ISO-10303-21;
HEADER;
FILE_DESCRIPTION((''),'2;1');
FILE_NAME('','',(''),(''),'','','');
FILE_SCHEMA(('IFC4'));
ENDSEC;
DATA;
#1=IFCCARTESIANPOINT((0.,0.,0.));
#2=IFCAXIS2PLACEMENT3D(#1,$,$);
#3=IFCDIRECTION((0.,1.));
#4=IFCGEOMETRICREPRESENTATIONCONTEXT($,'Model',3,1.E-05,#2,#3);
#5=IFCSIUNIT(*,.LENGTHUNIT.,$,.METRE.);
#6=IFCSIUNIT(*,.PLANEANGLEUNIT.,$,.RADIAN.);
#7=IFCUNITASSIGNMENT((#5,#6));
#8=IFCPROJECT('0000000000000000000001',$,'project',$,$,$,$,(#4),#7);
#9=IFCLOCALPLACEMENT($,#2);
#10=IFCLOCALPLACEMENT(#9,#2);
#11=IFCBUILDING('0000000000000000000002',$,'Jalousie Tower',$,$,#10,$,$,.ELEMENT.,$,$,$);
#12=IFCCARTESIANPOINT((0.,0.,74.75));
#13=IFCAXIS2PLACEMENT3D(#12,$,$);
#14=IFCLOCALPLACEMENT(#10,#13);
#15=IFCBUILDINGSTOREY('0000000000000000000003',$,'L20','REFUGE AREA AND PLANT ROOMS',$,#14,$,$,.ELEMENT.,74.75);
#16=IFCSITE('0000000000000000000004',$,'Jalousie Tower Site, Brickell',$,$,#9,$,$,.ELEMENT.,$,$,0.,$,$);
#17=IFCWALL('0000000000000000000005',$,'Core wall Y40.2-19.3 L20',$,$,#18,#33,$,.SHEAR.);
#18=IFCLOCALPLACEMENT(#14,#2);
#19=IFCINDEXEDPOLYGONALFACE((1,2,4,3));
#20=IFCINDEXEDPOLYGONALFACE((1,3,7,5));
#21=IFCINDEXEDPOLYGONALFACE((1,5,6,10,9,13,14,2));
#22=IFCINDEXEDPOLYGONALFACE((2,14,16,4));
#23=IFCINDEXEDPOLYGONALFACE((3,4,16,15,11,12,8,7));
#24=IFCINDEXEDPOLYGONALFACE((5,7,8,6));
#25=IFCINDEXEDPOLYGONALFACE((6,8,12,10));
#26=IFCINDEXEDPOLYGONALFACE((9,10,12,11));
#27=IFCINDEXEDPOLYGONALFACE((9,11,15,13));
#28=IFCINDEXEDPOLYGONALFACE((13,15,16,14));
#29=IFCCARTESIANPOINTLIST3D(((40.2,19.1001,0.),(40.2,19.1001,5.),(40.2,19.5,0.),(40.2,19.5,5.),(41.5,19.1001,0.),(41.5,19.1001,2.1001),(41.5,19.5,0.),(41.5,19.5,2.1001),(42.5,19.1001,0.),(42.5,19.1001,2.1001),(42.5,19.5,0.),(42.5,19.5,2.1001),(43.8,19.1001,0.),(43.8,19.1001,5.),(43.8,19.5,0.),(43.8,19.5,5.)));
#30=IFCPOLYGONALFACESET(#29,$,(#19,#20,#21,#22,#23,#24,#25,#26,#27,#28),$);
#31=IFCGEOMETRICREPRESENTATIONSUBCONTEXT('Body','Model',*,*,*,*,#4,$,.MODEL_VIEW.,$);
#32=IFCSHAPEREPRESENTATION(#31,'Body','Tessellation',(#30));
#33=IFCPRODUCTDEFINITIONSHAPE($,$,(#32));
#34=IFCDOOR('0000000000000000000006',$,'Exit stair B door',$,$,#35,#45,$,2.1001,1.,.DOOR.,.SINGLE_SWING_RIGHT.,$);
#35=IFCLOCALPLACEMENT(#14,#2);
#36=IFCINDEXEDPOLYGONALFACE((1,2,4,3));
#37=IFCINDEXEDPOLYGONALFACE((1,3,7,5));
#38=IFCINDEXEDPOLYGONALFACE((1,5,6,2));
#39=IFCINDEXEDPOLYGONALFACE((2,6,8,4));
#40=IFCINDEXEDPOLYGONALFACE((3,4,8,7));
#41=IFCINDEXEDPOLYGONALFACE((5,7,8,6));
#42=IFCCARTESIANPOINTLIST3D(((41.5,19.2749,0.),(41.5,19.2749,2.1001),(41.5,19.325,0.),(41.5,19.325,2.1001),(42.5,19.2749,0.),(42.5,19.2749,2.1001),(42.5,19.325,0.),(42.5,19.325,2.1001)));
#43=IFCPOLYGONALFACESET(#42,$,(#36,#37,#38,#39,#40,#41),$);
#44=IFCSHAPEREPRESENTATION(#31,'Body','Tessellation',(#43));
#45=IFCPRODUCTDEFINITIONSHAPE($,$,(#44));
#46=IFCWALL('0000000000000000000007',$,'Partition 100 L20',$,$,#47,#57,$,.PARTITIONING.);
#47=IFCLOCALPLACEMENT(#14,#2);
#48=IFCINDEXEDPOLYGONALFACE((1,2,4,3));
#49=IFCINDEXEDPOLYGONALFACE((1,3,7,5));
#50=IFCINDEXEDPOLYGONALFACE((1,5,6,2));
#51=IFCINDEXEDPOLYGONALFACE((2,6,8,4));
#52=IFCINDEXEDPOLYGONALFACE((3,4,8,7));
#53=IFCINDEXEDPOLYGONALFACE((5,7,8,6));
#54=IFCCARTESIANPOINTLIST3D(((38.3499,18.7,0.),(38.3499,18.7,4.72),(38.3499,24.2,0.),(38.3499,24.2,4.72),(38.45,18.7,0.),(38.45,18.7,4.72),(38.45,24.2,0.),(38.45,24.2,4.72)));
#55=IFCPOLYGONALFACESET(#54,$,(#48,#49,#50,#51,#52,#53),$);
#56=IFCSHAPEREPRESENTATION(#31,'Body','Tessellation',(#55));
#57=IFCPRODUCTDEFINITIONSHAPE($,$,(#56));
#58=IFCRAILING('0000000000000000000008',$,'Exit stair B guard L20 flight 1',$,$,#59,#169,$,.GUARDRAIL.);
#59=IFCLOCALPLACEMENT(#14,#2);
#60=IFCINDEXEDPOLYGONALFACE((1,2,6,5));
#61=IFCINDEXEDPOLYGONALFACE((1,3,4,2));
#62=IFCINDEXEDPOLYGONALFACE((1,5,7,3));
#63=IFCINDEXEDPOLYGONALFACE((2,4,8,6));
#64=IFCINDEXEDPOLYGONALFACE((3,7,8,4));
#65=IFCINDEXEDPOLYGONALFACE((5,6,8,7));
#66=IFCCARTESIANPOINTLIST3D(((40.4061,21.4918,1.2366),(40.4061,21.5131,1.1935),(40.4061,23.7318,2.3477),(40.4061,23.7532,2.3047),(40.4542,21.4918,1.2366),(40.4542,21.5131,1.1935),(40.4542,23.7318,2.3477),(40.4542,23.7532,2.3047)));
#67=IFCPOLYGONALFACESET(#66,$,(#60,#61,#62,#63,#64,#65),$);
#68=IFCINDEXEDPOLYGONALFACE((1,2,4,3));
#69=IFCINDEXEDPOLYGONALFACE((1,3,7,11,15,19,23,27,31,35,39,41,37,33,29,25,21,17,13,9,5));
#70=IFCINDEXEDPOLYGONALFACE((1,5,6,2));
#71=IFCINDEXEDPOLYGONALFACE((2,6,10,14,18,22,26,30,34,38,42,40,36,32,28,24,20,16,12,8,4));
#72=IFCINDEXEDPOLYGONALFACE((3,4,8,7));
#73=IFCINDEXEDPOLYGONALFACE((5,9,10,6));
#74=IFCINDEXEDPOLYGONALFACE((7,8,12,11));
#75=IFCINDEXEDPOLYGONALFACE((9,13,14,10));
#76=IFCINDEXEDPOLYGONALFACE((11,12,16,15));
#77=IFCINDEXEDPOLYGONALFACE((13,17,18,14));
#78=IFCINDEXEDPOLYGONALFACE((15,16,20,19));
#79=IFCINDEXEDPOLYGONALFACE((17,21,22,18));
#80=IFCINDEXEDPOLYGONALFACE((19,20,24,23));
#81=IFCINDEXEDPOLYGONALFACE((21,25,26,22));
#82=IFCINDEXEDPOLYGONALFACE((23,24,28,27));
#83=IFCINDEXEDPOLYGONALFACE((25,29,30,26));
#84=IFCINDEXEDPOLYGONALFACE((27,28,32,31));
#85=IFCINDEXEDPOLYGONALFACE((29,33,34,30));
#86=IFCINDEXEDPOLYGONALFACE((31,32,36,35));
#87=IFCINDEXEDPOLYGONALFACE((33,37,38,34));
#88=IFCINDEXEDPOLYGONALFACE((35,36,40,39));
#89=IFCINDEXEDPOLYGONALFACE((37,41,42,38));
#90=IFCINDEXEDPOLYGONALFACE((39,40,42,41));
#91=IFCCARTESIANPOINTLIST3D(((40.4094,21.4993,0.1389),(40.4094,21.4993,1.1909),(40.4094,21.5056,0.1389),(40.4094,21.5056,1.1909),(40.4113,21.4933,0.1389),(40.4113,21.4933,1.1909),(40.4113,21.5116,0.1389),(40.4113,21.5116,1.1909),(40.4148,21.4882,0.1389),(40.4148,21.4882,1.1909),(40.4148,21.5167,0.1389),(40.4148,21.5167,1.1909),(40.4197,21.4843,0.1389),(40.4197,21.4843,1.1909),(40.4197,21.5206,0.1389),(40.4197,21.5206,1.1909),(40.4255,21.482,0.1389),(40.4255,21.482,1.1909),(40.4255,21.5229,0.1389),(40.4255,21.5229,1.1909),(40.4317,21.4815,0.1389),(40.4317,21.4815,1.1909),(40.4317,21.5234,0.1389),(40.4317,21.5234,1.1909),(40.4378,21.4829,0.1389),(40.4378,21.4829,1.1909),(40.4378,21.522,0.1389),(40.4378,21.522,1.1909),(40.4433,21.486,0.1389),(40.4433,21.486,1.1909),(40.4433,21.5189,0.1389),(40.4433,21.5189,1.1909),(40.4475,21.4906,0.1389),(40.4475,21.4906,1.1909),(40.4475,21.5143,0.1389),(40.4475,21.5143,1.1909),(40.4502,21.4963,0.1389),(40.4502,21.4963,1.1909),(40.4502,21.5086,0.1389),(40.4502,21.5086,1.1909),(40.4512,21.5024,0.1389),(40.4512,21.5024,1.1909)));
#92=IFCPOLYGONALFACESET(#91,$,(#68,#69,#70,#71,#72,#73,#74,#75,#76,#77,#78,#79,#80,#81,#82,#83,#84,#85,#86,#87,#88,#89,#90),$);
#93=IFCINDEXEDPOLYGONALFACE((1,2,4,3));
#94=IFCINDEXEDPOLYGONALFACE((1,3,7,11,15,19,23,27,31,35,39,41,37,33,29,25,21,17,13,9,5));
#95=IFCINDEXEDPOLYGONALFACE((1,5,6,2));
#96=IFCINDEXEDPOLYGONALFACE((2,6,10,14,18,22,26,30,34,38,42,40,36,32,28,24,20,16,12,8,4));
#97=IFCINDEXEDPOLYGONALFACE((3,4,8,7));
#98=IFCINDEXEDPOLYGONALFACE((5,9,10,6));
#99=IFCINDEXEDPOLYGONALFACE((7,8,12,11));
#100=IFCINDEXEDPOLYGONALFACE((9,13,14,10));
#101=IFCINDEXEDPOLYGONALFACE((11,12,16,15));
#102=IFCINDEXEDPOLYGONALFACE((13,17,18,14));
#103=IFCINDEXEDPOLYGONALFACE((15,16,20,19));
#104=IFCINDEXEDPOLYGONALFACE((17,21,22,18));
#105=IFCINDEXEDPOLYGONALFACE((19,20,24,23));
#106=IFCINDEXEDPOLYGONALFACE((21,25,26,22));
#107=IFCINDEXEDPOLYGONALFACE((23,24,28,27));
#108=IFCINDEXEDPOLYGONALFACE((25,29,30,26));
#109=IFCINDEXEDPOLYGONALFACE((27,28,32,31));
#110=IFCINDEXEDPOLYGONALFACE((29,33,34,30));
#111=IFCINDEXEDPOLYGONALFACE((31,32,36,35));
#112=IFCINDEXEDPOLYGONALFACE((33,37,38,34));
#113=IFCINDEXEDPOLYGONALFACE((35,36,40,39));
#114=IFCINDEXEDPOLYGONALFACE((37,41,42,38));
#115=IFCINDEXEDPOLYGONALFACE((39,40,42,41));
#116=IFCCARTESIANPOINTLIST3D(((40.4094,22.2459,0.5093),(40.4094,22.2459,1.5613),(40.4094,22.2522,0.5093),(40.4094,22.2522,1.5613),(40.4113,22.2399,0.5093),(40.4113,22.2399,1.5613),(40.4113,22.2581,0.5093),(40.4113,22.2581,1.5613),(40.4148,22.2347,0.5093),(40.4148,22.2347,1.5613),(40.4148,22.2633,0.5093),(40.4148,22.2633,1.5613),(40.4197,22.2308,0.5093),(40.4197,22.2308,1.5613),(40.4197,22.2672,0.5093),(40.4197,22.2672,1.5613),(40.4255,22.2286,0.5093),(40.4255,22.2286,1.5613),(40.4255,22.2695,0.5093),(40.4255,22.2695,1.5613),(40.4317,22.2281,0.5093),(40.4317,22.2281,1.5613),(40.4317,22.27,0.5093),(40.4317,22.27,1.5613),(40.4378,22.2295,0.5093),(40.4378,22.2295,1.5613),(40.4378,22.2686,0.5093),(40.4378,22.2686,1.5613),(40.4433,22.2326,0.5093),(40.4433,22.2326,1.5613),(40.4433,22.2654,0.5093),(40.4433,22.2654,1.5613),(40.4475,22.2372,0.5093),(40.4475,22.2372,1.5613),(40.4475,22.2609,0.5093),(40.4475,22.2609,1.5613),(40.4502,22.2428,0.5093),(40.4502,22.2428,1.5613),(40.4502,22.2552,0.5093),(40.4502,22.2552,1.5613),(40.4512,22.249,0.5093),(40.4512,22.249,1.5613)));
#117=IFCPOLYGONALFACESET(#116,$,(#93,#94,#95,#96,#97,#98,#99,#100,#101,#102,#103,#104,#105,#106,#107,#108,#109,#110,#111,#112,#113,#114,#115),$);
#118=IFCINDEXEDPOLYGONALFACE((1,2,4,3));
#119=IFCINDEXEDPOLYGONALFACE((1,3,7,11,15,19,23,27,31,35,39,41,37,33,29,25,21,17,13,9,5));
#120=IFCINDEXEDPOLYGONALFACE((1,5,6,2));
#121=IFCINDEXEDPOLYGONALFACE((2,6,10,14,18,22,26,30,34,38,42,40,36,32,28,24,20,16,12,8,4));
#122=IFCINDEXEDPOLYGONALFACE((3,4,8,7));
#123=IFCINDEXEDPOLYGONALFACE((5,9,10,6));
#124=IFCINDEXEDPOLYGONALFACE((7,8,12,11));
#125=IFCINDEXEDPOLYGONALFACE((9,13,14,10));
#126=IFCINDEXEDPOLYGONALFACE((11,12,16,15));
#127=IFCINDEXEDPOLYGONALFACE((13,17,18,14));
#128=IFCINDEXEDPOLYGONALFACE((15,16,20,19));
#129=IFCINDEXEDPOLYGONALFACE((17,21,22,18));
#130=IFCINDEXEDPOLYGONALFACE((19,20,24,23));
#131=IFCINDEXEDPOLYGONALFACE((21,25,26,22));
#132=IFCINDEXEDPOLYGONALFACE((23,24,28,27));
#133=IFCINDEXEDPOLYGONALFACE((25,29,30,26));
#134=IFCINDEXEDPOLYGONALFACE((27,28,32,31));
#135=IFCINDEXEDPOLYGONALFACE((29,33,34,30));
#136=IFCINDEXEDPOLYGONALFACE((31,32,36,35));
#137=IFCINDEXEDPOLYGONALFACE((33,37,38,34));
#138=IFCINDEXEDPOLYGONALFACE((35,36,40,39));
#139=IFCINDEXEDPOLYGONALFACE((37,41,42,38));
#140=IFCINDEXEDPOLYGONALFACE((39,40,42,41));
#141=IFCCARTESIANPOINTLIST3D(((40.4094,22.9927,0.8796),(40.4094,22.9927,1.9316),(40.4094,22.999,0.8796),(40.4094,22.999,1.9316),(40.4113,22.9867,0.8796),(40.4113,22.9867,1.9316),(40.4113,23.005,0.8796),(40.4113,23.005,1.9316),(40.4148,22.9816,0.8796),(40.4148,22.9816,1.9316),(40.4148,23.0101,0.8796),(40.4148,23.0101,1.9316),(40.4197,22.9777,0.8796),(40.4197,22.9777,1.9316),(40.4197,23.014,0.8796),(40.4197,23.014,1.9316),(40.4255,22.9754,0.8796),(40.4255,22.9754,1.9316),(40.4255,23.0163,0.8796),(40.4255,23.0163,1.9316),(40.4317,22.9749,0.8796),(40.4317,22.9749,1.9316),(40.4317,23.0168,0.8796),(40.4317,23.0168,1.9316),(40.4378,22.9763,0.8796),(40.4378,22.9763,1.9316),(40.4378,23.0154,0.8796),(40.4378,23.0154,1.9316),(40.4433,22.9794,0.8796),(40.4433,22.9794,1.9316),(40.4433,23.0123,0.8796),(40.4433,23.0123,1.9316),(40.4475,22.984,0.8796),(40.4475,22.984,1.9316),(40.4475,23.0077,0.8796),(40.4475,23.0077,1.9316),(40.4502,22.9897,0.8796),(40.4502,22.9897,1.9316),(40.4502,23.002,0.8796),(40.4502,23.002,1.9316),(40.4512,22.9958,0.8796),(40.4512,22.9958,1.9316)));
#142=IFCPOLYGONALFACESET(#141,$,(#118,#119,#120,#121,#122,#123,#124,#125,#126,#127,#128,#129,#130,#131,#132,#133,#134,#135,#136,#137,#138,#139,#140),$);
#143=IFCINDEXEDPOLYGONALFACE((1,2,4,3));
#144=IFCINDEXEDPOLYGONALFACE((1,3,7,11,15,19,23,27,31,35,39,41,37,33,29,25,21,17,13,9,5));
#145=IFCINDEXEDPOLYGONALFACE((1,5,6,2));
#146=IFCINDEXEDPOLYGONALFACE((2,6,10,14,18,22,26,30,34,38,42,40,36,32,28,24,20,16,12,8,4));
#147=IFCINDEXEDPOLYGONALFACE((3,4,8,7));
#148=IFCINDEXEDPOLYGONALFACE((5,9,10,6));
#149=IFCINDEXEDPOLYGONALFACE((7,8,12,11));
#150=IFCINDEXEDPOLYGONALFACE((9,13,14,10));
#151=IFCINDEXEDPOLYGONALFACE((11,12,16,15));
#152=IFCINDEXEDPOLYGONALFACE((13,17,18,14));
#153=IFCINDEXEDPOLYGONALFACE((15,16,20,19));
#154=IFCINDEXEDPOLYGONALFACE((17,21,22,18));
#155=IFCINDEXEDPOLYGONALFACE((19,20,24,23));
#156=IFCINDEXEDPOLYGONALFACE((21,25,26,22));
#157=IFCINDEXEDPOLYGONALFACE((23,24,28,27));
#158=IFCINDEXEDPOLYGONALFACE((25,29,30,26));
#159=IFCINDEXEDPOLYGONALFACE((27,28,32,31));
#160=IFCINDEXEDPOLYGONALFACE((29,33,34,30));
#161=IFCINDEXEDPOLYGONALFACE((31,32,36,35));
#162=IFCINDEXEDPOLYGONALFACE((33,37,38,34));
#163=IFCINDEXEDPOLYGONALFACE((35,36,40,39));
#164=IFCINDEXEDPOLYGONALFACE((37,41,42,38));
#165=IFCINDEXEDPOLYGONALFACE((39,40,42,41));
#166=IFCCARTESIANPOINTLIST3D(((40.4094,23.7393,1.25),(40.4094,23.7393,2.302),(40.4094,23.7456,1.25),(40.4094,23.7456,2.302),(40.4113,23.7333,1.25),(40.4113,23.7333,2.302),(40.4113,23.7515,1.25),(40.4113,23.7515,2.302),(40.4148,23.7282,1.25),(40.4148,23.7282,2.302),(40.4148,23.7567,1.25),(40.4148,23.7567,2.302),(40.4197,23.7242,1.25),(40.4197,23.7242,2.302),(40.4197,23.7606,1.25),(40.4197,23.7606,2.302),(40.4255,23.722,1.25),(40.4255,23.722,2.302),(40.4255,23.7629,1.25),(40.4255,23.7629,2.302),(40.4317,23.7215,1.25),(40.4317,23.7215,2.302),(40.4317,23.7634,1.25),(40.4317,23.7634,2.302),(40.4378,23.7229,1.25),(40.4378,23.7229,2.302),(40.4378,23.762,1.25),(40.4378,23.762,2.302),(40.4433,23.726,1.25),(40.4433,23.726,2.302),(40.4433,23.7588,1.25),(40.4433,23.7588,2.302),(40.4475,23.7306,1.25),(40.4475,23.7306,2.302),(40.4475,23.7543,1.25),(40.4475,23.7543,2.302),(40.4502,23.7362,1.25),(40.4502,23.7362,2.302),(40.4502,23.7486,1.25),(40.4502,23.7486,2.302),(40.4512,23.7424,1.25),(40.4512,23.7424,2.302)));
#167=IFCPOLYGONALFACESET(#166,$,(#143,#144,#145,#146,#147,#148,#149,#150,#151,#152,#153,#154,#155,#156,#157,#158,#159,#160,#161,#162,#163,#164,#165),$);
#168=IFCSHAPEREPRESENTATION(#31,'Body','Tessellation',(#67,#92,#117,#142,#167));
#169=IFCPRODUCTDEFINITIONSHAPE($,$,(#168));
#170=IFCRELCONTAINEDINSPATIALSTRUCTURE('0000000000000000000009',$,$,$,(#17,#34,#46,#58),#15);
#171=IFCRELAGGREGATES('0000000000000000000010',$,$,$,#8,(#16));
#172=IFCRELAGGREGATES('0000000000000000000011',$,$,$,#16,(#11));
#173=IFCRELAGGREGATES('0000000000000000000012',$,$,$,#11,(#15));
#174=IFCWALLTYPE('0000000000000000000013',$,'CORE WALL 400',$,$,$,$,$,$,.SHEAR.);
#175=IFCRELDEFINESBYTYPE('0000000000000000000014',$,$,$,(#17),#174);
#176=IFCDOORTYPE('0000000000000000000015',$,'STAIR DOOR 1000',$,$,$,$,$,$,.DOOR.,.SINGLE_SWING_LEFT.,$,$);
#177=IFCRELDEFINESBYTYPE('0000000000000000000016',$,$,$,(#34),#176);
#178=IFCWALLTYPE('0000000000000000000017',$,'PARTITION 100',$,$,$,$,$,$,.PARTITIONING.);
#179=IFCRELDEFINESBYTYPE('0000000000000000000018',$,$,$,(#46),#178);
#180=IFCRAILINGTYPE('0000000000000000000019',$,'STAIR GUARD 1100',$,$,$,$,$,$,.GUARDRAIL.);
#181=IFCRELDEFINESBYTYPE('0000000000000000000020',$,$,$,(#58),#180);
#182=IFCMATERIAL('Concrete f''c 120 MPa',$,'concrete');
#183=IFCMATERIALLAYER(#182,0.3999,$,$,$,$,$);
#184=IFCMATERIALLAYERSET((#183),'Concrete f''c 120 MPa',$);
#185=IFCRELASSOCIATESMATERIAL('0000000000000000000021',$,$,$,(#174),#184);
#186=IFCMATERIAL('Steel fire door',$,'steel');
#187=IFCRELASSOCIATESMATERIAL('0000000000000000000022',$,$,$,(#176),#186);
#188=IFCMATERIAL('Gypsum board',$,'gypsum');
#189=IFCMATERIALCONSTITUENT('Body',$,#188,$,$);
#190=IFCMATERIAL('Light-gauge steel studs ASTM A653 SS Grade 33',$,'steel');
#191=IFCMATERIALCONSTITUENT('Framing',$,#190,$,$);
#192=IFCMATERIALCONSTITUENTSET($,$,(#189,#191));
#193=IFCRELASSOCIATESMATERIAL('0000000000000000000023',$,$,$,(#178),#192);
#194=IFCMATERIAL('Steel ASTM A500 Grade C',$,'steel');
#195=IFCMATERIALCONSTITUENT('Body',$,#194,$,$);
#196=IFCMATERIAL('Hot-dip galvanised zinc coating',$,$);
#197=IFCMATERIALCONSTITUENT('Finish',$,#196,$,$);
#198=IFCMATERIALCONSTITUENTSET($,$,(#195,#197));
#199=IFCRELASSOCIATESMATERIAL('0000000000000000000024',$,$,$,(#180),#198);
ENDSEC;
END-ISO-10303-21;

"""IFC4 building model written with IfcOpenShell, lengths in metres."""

from ifc_helpers import new_model, si_unit, direction, frame, frame_2d, origin, origin_2d, place, context, subcontext, project, spatial, rectangle, circle, extrude, material, layer, layer_set, constituent, constituent_set, type_object, element, fill, save


model = new_model("IFC4")

# Units and contexts
model_context = context("Model", 3, precision=1e-05, world=origin(), true_north=direction((0.0, 1.0)))
body_context = subcontext(model_context, "Body", "Model", "MODEL_VIEW")
ifc_project = project(units=[si_unit("LENGTHUNIT", "METRE"), si_unit("PLANEANGLEUNIT", "RADIAN")], contexts=[model_context])

# Site, building, storey
site_placement = place(None, origin())
site = spatial("IfcSite", under=ifc_project, at=site_placement, Name="Jalousie Tower Site, Brickell", CompositionType="ELEMENT", RefElevation=0.0)
building_placement = place(site_placement, origin())
building = spatial("IfcBuilding", under=site, at=building_placement, Name="Jalousie Tower", CompositionType="ELEMENT")
storey_placement = place(building_placement, frame((0.0, 0.0, 74.75)))
storey = spatial("IfcBuildingStorey", under=building, at=storey_placement, Name="L20", Description="REFUGE AREA AND PLANT ROOMS", CompositionType="ELEMENT", Elevation=74.75)

# Shared definitions
ifc_material_1 = material(Name="Concrete f'c 120 MPa", Category="concrete")
ifc_layer = layer(ifc_material_1, 0.3999)
ifc_layer_set = layer_set([ifc_layer], Name="Concrete f'c 120 MPa")
wall_type_1 = type_object("IfcWallType", Name="CORE WALL 400", PredefinedType="SHEAR", material=ifc_layer_set)

# Wall, opening, door
wall_1_placement = place(storey_placement, frame((40.2, 19.3, 0.0), z_axis=(0.0, 0.0, 1.0), x_axis=(1.0, 0.0, 0.0)))
wall_1 = element("IfcWall", 1, at=wall_1_placement, inside=storey, type_object=wall_type_1, Name="Core wall Y40.2-19.3 L20", PredefinedType="SHEAR", context=body_context, shape_type="SweptSolid", body=[
    extrude(rectangle(XDim=3.6001, YDim=0.3999, at=frame_2d((1.8, 0.0))), origin(), (0.0, 0.0, 1.0), 5.0),
])
opening_1_placement = place(wall_1_placement, frame((1.3, 0.0, 0.0)))
opening_1 = element("IfcOpeningElement", 2, at=opening_1_placement, cuts=wall_1, PredefinedType="OPENING", context=body_context, shape_type="SweptSolid", body=[
    extrude(rectangle(XDim=1.0, YDim=2.1001, at=frame_2d((0.5, 1.05))), frame((0.0, 0.21, 0.0), z_axis=(0.0, -1.0, 0.0), x_axis=(1.0, 0.0, 0.0)), (0.0, 0.0, 1.0), 0.4199),
])
ifc_material_2 = material(Name="Steel fire door", Category="steel")
door_type_1 = type_object("IfcDoorType", Name="STAIR DOOR 1000", OperationType="SINGLE_SWING_LEFT", PredefinedType="DOOR", material=ifc_material_2)
door_1_placement = place(opening_1_placement, origin())
door_1 = element("IfcDoor", 3, at=door_1_placement, inside=storey, type_object=door_type_1, Name="Exit stair B door", OperationType="SINGLE_SWING_RIGHT", OverallHeight=2.1001, OverallWidth=1.0, PredefinedType="DOOR", context=body_context, shape_type="SweptSolid", body=[
    extrude(rectangle(XDim=1.0, YDim=2.1001, at=frame_2d((0.5, 1.05))), frame((0.0, 0.0249, 0.0), z_axis=(0.0, -1.0, 0.0), x_axis=(1.0, 0.0, 0.0)), (0.0, 0.0, 1.0), 0.05),
])
fill(opening_1, door_1)

# Wall
ifc_material_3 = material(Name="Gypsum board", Category="gypsum")
ifc_constituent_1 = constituent(ifc_material_3, Name="Body")
ifc_material_4 = material(Name="Light-gauge steel studs ASTM A653 SS Grade 33", Category="steel")
ifc_constituent_2 = constituent(ifc_material_4, Name="Framing")
ifc_constituent_set_1 = constituent_set(constituents=[ifc_constituent_1, ifc_constituent_2])
wall_type_2 = type_object("IfcWallType", Name="PARTITION 100", PredefinedType="PARTITIONING", material=ifc_constituent_set_1)
wall_2_placement = place(storey_placement, frame((38.3999, 18.7, 0.0), z_axis=(0.0, 0.0, 1.0), x_axis=(0.0, 1.0, 0.0)))
element("IfcWall", 4, at=wall_2_placement, inside=storey, type_object=wall_type_2, Name="Partition 100 L20", PredefinedType="PARTITIONING", context=body_context, shape_type="SweptSolid", body=[
    extrude(rectangle(XDim=5.5, YDim=0.1001, at=frame_2d((2.75, 0.0))), origin(), (0.0, 0.0, 1.0), 4.72),
])

# Railing
ifc_material_5 = material(Name="Steel ASTM A500 Grade C", Category="steel")
ifc_constituent_3 = constituent(ifc_material_5, Name="Body")
ifc_material_6 = material(Name="Hot-dip galvanised zinc coating")
ifc_constituent_4 = constituent(ifc_material_6, Name="Finish")
ifc_constituent_set_2 = constituent_set(constituents=[ifc_constituent_3, ifc_constituent_4])
railing_type = type_object("IfcRailingType", Name="STAIR GUARD 1100", PredefinedType="GUARDRAIL", material=ifc_constituent_set_2)
for number, where, name in (
    (5, (40.4302, 21.5024, 0.1389), "Exit stair B guard L20 flight 1"),
):
    element("IfcRailing", number, at=place(storey_placement, frame(where)), inside=storey, type_object=railing_type, Name=name, PredefinedType="GUARDRAIL", context=body_context, shape_type="SweptSolid", body=[
        extrude(rectangle(XDim=0.0481, YDim=0.0481, at=origin_2d()), frame((0.0, 0.0, 1.0762), z_axis=(0.0, 0.895848, 0.44436), x_axis=(-1.0, 0.0, 0.0)), (0.0, 0.0, 1.0), 2.5005),
        extrude(circle(Radius=0.021, at=origin_2d()), origin(), (0.0, 0.0, 1.0), 1.052),
        extrude(circle(Radius=0.021, at=origin_2d()), frame((0.0, 0.7466, 0.3704)), (0.0, 0.0, 1.0), 1.052),
        extrude(circle(Radius=0.021, at=origin_2d()), frame((0.0, 1.4934, 0.7407)), (0.0, 0.0, 1.0), 1.052),
        extrude(circle(Radius=0.021, at=origin_2d()), frame((0.0, 2.24, 1.1111)), (0.0, 0.0, 1.0), 1.052),
    ])

save(model, "model.ifc")
